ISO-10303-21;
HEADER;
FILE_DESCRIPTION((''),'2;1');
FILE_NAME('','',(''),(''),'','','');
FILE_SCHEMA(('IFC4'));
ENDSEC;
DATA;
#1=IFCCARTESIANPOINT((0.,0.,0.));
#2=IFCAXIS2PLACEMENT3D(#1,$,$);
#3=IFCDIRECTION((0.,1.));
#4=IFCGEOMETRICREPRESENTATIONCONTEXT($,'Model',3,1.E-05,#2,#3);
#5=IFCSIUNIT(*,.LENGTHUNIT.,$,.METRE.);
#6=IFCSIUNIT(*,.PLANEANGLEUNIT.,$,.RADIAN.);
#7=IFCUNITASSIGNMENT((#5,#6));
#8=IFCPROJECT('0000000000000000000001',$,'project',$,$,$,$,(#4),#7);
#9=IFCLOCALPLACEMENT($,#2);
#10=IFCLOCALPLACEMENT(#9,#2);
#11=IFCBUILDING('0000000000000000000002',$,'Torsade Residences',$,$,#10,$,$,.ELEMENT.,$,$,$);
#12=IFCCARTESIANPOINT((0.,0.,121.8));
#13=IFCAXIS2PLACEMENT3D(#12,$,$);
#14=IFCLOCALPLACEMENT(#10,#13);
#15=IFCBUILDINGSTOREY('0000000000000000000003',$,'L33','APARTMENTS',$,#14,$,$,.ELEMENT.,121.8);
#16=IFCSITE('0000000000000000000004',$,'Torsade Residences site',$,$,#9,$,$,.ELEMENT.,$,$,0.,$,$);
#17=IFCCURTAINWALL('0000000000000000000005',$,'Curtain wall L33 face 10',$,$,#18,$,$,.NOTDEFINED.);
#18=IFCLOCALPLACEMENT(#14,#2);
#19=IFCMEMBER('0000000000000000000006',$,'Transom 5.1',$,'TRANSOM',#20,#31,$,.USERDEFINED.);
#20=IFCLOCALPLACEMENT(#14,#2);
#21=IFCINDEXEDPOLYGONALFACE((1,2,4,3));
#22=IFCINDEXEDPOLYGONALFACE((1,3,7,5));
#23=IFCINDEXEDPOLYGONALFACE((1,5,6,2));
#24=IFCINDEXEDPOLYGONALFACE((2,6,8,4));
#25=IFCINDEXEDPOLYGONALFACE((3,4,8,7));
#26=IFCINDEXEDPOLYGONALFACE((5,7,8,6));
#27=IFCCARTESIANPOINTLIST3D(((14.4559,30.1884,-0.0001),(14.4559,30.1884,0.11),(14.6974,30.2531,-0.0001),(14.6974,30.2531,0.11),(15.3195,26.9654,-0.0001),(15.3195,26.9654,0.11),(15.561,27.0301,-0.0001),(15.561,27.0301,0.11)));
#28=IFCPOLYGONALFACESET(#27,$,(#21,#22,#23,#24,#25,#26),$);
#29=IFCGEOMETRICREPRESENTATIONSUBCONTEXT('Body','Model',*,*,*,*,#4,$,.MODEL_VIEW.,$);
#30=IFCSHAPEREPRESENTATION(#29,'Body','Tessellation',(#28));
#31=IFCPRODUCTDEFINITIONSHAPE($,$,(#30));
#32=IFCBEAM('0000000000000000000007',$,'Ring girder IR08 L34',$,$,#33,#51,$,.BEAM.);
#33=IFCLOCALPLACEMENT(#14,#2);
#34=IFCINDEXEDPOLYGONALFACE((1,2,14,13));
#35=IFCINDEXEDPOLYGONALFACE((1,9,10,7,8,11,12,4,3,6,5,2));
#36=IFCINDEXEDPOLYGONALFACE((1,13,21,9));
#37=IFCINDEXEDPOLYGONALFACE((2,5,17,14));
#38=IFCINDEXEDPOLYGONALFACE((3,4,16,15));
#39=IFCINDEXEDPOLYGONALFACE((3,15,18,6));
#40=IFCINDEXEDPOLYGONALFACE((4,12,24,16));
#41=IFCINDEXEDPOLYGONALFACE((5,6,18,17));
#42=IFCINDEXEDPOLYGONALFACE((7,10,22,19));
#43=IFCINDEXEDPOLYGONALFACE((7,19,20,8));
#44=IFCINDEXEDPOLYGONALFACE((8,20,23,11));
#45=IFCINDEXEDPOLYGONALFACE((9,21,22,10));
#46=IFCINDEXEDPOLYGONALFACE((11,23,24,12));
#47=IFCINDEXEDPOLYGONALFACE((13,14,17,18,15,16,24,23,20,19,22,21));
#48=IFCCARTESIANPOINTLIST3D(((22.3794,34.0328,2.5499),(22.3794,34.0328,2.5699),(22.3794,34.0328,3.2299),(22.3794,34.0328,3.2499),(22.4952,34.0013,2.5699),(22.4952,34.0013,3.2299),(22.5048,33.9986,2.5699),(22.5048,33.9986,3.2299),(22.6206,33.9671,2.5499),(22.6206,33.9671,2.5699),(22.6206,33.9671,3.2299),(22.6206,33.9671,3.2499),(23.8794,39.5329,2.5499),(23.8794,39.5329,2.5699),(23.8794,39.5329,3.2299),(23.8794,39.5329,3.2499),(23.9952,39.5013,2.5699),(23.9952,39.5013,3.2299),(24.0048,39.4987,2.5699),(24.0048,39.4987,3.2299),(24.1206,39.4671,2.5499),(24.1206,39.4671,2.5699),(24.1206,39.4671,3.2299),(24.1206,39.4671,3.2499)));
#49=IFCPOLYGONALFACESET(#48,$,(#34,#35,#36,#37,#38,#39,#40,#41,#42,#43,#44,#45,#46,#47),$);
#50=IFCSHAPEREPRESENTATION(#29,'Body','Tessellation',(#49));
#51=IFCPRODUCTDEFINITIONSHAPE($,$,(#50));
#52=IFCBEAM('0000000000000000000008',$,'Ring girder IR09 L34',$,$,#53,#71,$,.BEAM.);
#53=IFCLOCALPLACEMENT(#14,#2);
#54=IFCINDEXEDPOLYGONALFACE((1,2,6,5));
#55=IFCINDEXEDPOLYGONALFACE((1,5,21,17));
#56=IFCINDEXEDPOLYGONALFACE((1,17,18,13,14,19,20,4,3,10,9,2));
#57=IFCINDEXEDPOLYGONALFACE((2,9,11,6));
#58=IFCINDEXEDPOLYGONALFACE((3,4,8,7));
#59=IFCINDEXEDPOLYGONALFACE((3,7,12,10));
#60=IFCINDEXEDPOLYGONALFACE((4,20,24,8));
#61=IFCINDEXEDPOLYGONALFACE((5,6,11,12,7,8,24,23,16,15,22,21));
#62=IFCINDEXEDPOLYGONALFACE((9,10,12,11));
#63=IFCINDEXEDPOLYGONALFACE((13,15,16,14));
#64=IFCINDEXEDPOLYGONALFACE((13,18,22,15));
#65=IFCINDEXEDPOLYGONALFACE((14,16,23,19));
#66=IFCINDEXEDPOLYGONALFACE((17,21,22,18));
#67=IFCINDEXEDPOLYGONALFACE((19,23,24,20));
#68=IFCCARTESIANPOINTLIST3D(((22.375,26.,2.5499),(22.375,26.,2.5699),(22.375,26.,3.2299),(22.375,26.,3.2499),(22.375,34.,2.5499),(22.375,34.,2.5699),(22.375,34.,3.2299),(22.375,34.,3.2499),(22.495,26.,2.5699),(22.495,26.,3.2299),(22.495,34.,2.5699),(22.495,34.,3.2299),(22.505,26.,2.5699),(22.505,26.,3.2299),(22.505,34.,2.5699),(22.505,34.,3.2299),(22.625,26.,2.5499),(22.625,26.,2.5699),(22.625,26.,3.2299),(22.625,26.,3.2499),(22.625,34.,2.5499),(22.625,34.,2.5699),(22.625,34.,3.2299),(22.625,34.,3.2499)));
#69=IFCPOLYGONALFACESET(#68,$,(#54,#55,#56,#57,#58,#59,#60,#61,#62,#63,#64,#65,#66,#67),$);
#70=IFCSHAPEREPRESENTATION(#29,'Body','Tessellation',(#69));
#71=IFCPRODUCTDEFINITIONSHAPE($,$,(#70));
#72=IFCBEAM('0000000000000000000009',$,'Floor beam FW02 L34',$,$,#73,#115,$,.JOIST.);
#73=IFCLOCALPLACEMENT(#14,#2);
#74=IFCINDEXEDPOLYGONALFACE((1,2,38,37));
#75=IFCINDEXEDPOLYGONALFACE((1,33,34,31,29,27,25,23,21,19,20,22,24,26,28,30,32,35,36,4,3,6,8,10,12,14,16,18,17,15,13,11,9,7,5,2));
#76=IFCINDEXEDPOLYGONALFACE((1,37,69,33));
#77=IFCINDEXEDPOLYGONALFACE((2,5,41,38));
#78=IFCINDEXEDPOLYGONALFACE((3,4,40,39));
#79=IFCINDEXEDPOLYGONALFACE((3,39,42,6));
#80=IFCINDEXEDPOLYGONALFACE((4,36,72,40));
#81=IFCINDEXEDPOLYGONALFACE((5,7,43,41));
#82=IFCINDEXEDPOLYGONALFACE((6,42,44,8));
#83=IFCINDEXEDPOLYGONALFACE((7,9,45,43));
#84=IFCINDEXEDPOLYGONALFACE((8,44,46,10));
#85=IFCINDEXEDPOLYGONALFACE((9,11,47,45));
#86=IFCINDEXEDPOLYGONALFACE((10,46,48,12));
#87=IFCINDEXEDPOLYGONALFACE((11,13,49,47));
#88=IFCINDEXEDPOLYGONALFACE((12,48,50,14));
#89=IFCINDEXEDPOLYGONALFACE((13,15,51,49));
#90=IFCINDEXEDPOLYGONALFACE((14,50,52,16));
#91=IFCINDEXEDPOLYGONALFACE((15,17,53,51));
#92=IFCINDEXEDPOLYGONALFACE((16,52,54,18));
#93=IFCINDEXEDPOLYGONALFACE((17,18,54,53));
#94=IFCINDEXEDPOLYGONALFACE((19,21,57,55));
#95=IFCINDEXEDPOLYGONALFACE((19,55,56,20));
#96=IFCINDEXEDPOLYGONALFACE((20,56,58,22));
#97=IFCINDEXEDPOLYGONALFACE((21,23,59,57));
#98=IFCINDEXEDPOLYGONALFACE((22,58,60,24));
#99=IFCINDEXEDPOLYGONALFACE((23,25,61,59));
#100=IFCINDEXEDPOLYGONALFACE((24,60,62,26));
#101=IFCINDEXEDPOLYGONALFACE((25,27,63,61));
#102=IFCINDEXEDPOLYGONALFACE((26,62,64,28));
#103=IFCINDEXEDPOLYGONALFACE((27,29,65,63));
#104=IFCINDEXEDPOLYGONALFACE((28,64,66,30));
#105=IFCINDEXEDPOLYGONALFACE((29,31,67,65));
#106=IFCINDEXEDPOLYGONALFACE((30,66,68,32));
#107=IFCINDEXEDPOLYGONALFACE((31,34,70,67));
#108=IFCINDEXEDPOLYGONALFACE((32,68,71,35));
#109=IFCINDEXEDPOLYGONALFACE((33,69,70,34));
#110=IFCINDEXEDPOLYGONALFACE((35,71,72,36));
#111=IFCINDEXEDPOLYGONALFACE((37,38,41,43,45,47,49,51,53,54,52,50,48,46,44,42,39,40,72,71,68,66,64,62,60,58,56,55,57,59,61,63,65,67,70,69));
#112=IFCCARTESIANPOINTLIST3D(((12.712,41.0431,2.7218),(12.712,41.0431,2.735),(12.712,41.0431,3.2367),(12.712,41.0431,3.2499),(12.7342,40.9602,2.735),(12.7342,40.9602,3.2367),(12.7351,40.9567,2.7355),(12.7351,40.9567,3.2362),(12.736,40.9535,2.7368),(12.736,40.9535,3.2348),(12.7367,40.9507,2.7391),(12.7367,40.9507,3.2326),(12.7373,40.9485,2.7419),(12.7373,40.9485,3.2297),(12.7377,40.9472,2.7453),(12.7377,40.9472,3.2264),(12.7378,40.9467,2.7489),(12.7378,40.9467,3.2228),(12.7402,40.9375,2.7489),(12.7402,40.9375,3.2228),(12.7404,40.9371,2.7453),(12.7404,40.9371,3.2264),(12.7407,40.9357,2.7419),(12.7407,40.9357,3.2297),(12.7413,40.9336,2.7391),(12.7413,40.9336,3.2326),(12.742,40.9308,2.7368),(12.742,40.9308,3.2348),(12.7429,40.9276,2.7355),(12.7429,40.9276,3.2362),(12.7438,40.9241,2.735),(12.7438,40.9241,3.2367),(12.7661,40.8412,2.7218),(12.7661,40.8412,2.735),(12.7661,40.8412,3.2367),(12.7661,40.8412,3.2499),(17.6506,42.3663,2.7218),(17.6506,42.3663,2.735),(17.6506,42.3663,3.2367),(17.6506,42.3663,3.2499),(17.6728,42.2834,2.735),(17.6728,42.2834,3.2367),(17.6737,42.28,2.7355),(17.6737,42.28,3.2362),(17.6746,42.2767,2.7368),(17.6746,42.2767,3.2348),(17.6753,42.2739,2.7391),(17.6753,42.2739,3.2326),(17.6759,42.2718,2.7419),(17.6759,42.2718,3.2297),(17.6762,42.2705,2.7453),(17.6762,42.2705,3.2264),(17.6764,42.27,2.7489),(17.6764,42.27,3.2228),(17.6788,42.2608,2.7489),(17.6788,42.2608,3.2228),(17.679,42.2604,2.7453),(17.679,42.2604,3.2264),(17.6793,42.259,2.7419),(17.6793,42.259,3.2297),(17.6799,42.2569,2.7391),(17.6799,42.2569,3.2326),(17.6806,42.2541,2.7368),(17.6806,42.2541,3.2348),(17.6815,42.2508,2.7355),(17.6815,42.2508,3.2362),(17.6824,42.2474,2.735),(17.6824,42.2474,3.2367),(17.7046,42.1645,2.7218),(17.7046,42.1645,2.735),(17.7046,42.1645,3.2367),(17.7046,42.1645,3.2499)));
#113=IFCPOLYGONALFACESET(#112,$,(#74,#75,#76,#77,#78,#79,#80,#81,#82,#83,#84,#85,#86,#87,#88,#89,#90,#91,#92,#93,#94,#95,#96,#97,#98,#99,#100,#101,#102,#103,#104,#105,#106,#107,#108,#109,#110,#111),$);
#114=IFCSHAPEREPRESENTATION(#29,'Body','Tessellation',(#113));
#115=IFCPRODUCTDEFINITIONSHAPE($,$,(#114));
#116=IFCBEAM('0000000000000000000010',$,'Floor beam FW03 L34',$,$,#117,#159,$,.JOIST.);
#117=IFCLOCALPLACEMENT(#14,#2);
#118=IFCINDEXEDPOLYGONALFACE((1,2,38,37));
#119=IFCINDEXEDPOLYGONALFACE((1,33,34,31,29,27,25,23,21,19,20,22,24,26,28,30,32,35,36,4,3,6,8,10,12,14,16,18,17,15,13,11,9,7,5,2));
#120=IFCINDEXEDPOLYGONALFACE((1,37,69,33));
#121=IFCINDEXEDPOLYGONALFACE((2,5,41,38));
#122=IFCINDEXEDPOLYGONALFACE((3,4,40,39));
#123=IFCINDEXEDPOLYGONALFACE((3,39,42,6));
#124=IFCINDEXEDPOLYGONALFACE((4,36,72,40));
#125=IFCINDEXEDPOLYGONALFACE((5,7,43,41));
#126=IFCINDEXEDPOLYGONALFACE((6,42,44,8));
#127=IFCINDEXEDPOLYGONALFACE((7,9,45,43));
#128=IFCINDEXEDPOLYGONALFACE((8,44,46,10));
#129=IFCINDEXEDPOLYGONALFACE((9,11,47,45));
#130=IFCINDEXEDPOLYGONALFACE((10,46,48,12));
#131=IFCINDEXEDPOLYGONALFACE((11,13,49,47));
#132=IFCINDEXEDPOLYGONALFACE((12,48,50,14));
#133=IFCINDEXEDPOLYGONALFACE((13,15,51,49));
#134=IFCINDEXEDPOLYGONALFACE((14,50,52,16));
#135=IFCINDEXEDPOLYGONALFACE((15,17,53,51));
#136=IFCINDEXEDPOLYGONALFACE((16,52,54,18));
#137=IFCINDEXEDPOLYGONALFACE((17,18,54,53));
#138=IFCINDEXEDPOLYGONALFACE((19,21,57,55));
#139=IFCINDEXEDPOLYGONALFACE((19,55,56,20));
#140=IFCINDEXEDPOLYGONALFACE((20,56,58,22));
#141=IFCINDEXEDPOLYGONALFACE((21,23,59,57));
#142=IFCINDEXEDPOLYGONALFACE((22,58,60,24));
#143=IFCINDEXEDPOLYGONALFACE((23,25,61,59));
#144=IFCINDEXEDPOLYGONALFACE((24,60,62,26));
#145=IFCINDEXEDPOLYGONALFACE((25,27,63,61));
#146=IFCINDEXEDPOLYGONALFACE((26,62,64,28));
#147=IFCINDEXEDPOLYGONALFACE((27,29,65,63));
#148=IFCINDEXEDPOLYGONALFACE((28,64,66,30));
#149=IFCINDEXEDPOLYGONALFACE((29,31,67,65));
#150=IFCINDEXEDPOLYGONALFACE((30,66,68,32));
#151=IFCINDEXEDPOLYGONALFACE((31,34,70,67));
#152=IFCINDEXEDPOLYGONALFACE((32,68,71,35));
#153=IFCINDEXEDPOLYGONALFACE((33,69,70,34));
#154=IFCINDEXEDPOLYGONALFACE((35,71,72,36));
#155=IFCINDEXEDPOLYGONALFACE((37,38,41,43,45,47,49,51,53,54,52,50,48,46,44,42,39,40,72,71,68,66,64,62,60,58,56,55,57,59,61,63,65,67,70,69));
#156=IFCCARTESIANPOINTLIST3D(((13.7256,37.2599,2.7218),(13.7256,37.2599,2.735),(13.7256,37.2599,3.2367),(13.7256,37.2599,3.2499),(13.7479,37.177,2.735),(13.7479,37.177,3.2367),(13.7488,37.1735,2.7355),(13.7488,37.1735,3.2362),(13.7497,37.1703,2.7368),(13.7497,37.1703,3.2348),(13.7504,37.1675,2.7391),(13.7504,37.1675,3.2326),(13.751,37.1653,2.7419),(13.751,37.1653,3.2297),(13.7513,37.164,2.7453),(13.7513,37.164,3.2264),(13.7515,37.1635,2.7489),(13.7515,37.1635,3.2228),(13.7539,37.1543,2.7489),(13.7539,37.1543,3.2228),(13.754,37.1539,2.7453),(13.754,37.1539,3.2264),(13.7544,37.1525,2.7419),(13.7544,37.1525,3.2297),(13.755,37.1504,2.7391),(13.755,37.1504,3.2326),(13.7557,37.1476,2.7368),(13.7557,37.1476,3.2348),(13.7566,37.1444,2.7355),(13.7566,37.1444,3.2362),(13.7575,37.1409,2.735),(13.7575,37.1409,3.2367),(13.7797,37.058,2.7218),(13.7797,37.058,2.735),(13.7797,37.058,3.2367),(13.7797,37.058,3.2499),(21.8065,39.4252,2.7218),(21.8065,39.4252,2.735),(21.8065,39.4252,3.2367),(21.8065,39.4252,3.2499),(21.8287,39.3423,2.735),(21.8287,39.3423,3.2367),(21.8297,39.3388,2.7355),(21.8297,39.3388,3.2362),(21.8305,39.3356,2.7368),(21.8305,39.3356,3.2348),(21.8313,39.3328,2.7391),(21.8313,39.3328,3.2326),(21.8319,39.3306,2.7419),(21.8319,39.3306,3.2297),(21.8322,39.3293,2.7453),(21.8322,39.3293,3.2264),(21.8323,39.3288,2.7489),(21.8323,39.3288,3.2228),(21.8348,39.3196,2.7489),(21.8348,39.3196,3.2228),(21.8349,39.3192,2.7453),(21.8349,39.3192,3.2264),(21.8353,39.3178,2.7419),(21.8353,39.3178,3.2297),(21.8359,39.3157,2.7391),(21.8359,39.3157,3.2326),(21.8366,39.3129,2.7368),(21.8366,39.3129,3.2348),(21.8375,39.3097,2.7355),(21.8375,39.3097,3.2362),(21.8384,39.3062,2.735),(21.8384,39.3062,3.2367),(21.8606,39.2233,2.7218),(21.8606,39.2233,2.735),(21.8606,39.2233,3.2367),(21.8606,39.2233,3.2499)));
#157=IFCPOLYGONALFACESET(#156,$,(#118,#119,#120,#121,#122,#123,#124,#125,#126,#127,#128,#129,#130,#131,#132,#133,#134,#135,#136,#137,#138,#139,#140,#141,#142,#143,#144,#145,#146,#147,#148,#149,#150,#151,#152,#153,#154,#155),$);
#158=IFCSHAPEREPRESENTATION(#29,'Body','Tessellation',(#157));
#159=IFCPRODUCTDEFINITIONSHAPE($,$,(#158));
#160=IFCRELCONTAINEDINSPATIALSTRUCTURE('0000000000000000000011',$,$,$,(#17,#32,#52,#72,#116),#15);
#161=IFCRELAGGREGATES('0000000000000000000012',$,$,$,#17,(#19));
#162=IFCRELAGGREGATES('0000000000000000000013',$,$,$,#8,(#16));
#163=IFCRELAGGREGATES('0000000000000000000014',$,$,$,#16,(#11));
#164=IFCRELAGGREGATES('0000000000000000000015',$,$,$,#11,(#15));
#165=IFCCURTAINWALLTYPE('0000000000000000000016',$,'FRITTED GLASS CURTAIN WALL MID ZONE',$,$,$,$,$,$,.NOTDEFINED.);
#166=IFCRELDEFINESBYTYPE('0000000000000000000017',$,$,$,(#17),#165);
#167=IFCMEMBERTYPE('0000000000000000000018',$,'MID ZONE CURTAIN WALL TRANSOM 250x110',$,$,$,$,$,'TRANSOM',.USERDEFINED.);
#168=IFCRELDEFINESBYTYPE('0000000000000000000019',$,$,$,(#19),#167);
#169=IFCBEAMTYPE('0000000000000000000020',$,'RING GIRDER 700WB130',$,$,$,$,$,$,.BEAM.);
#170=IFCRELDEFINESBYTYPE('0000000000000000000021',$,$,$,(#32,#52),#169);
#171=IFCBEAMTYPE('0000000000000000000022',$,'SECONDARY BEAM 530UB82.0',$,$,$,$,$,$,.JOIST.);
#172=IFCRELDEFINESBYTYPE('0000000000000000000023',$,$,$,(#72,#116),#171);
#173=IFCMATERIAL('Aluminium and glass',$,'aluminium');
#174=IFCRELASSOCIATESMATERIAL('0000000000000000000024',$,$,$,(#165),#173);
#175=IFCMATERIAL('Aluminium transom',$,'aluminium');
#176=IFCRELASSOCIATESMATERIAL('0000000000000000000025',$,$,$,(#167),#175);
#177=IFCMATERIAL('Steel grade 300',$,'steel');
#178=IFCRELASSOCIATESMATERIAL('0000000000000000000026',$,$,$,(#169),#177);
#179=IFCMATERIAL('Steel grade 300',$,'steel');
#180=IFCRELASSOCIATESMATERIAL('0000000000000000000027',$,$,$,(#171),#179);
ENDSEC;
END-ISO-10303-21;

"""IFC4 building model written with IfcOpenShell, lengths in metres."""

from ifc_helpers import new_model, si_unit, direction, frame, origin, origin_2d, place, context, subcontext, project, spatial, rectangle, i_section, extrude, material, material_profile, profile_set, type_object, element, aggregate, save


model = new_model("IFC4")

# Units and contexts
model_context = context("Model", 3, precision=1e-05, world=origin(), true_north=direction((0.0, 1.0)))
body_context = subcontext(model_context, "Body", "Model", "MODEL_VIEW")
ifc_project = project(units=[si_unit("LENGTHUNIT", "METRE"), si_unit("PLANEANGLEUNIT", "RADIAN")], contexts=[model_context])

# Site, building, storey
site_placement = place(None, origin())
site = spatial("IfcSite", under=ifc_project, at=site_placement, Name="Torsade Residences site", CompositionType="ELEMENT", RefElevation=0.0)
building_placement = place(site_placement, origin())
building = spatial("IfcBuilding", under=site, at=building_placement, Name="Torsade Residences", CompositionType="ELEMENT")
storey_placement = place(building_placement, frame((0.0, 0.0, 121.8)))
storey = spatial("IfcBuildingStorey", under=building, at=storey_placement, Name="L33", Description="APARTMENTS", CompositionType="ELEMENT", Elevation=121.8)

# Curtain wall, member
ifc_material_1 = material(Name="Aluminium and glass", Category="aluminium")
curtain_wall_type = type_object("IfcCurtainWallType", Name="FRITTED GLASS CURTAIN WALL MID ZONE", PredefinedType="NOTDEFINED", material=ifc_material_1)
curtain_wall_placement = place(storey_placement, origin())
curtain_wall = element("IfcCurtainWall", 1, at=curtain_wall_placement, inside=storey, type_object=curtain_wall_type, Name="Curtain wall L33 face 10", PredefinedType="NOTDEFINED")
ifc_material_2 = material(Name="Aluminium transom", Category="aluminium")
ifc_material_profile_1 = material_profile(ifc_material_2, rectangle(XDim=0.25, YDim=0.1101, at=origin_2d()), Name="MID ZONE CURTAIN WALL TRANSOM 250x110")
ifc_profile_set_1 = profile_set([ifc_material_profile_1], Name="Aluminium transom")
member_type_1 = type_object("IfcMemberType", Name="MID ZONE CURTAIN WALL TRANSOM 250x110", ElementType="TRANSOM", PredefinedType="USERDEFINED", material=ifc_profile_set_1)
member_1_placement = place(storey_placement, frame((14.5767, 30.2207, 0.0549), z_axis=(0.258806, -0.965929, 0.0), x_axis=(0.965929, 0.258806, 0.0)))
member_1 = element("IfcMember", 2, at=member_1_placement, type_object=member_type_1, Name="Transom 5.1", ObjectType="TRANSOM", PredefinedType="USERDEFINED", context=body_context, shape_type="SweptSolid", body=[
    extrude(rectangle(XDim=0.25, YDim=0.1101, at=origin_2d()), origin(), (0.0, 0.0, 1.0), 3.3367),
])

# Beams
ifc_material_3 = material(Name="Steel grade 300", Category="steel")
ifc_material_profile_2 = material_profile(ifc_material_3, i_section(OverallWidth=0.25, OverallDepth=0.7, WebThickness=0.01, FlangeThickness=0.02, at=origin_2d()), Name="700WB130")
ifc_profile_set_2 = profile_set([ifc_material_profile_2], Name="Steel grade 300")
beam_type_1 = type_object("IfcBeamType", Name="RING GIRDER 700WB130", PredefinedType="BEAM", material=ifc_profile_set_2)
beam_1_placement = place(storey_placement, frame((24.0, 39.5, 2.8999), z_axis=(-0.263117, -0.964764, 0.0), x_axis=(0.964764, -0.263117, 0.0)))
element("IfcBeam", 3, at=beam_1_placement, inside=storey, type_object=beam_type_1, Name="Ring girder IR08 L34", PredefinedType="BEAM", context=body_context, shape_type="SweptSolid", body=[
    extrude(i_section(OverallWidth=0.25, OverallDepth=0.7, WebThickness=0.01, FlangeThickness=0.02, at=origin_2d()), origin(), (0.0, 0.0, 1.0), 5.7009),
])
beam_2_placement = place(storey_placement, frame((22.5, 34.0, 2.8999), z_axis=(0.0, -1.0, 0.0), x_axis=(1.0, 0.0, 0.0)))
element("IfcBeam", 4, at=beam_2_placement, inside=storey, type_object=beam_type_1, Name="Ring girder IR09 L34", PredefinedType="BEAM", context=body_context, shape_type="SweptSolid", body=[
    extrude(i_section(OverallWidth=0.25, OverallDepth=0.7, WebThickness=0.01, FlangeThickness=0.02, at=origin_2d()), origin(), (0.0, 0.0, 1.0), 8.0),
])
ifc_material_4 = material(Name="Steel grade 300", Category="steel")
ifc_material_profile_3 = material_profile(ifc_material_4, i_section(OverallWidth=0.209, OverallDepth=0.5281, WebThickness=0.0095, FlangeThickness=0.0132, FilletRadius=0.0139, at=origin_2d()), Name="530UB82.0")
ifc_profile_set_3 = profile_set([ifc_material_profile_3], Name="Steel grade 300")
beam_type_2 = type_object("IfcBeamType", Name="SECONDARY BEAM 530UB82.0", PredefinedType="JOIST", material=ifc_profile_set_3)
beam_3_placement = place(storey_placement, frame((12.739, 40.9421, 2.9858), z_axis=(0.965927, 0.258816, 0.0), x_axis=(-0.258816, 0.965927, 0.0)))
element("IfcBeam", 5, at=beam_3_placement, inside=storey, type_object=beam_type_2, Name="Floor beam FW02 L34", PredefinedType="JOIST", context=body_context, shape_type="SweptSolid", body=[
    extrude(i_section(OverallWidth=0.209, OverallDepth=0.5281, WebThickness=0.0095, FlangeThickness=0.0132, FilletRadius=0.0139, at=origin_2d()), origin(), (0.0, 0.0, 1.0), 5.1128),
])
beam_4_placement = place(storey_placement, frame((13.7527, 37.1589, 2.9858), z_axis=(0.965925, 0.258823, 0.0), x_axis=(-0.258823, 0.965925, 0.0)))
element("IfcBeam", 6, at=beam_4_placement, inside=storey, type_object=beam_type_2, Name="Floor beam FW03 L34", PredefinedType="JOIST", context=body_context, shape_type="SweptSolid", body=[
    extrude(i_section(OverallWidth=0.209, OverallDepth=0.5281, WebThickness=0.0095, FlangeThickness=0.0132, FilletRadius=0.0139, at=origin_2d()), origin(), (0.0, 0.0, 1.0), 8.366),
])

aggregate(curtain_wall, [member_1])

save(model, "model.ifc")
